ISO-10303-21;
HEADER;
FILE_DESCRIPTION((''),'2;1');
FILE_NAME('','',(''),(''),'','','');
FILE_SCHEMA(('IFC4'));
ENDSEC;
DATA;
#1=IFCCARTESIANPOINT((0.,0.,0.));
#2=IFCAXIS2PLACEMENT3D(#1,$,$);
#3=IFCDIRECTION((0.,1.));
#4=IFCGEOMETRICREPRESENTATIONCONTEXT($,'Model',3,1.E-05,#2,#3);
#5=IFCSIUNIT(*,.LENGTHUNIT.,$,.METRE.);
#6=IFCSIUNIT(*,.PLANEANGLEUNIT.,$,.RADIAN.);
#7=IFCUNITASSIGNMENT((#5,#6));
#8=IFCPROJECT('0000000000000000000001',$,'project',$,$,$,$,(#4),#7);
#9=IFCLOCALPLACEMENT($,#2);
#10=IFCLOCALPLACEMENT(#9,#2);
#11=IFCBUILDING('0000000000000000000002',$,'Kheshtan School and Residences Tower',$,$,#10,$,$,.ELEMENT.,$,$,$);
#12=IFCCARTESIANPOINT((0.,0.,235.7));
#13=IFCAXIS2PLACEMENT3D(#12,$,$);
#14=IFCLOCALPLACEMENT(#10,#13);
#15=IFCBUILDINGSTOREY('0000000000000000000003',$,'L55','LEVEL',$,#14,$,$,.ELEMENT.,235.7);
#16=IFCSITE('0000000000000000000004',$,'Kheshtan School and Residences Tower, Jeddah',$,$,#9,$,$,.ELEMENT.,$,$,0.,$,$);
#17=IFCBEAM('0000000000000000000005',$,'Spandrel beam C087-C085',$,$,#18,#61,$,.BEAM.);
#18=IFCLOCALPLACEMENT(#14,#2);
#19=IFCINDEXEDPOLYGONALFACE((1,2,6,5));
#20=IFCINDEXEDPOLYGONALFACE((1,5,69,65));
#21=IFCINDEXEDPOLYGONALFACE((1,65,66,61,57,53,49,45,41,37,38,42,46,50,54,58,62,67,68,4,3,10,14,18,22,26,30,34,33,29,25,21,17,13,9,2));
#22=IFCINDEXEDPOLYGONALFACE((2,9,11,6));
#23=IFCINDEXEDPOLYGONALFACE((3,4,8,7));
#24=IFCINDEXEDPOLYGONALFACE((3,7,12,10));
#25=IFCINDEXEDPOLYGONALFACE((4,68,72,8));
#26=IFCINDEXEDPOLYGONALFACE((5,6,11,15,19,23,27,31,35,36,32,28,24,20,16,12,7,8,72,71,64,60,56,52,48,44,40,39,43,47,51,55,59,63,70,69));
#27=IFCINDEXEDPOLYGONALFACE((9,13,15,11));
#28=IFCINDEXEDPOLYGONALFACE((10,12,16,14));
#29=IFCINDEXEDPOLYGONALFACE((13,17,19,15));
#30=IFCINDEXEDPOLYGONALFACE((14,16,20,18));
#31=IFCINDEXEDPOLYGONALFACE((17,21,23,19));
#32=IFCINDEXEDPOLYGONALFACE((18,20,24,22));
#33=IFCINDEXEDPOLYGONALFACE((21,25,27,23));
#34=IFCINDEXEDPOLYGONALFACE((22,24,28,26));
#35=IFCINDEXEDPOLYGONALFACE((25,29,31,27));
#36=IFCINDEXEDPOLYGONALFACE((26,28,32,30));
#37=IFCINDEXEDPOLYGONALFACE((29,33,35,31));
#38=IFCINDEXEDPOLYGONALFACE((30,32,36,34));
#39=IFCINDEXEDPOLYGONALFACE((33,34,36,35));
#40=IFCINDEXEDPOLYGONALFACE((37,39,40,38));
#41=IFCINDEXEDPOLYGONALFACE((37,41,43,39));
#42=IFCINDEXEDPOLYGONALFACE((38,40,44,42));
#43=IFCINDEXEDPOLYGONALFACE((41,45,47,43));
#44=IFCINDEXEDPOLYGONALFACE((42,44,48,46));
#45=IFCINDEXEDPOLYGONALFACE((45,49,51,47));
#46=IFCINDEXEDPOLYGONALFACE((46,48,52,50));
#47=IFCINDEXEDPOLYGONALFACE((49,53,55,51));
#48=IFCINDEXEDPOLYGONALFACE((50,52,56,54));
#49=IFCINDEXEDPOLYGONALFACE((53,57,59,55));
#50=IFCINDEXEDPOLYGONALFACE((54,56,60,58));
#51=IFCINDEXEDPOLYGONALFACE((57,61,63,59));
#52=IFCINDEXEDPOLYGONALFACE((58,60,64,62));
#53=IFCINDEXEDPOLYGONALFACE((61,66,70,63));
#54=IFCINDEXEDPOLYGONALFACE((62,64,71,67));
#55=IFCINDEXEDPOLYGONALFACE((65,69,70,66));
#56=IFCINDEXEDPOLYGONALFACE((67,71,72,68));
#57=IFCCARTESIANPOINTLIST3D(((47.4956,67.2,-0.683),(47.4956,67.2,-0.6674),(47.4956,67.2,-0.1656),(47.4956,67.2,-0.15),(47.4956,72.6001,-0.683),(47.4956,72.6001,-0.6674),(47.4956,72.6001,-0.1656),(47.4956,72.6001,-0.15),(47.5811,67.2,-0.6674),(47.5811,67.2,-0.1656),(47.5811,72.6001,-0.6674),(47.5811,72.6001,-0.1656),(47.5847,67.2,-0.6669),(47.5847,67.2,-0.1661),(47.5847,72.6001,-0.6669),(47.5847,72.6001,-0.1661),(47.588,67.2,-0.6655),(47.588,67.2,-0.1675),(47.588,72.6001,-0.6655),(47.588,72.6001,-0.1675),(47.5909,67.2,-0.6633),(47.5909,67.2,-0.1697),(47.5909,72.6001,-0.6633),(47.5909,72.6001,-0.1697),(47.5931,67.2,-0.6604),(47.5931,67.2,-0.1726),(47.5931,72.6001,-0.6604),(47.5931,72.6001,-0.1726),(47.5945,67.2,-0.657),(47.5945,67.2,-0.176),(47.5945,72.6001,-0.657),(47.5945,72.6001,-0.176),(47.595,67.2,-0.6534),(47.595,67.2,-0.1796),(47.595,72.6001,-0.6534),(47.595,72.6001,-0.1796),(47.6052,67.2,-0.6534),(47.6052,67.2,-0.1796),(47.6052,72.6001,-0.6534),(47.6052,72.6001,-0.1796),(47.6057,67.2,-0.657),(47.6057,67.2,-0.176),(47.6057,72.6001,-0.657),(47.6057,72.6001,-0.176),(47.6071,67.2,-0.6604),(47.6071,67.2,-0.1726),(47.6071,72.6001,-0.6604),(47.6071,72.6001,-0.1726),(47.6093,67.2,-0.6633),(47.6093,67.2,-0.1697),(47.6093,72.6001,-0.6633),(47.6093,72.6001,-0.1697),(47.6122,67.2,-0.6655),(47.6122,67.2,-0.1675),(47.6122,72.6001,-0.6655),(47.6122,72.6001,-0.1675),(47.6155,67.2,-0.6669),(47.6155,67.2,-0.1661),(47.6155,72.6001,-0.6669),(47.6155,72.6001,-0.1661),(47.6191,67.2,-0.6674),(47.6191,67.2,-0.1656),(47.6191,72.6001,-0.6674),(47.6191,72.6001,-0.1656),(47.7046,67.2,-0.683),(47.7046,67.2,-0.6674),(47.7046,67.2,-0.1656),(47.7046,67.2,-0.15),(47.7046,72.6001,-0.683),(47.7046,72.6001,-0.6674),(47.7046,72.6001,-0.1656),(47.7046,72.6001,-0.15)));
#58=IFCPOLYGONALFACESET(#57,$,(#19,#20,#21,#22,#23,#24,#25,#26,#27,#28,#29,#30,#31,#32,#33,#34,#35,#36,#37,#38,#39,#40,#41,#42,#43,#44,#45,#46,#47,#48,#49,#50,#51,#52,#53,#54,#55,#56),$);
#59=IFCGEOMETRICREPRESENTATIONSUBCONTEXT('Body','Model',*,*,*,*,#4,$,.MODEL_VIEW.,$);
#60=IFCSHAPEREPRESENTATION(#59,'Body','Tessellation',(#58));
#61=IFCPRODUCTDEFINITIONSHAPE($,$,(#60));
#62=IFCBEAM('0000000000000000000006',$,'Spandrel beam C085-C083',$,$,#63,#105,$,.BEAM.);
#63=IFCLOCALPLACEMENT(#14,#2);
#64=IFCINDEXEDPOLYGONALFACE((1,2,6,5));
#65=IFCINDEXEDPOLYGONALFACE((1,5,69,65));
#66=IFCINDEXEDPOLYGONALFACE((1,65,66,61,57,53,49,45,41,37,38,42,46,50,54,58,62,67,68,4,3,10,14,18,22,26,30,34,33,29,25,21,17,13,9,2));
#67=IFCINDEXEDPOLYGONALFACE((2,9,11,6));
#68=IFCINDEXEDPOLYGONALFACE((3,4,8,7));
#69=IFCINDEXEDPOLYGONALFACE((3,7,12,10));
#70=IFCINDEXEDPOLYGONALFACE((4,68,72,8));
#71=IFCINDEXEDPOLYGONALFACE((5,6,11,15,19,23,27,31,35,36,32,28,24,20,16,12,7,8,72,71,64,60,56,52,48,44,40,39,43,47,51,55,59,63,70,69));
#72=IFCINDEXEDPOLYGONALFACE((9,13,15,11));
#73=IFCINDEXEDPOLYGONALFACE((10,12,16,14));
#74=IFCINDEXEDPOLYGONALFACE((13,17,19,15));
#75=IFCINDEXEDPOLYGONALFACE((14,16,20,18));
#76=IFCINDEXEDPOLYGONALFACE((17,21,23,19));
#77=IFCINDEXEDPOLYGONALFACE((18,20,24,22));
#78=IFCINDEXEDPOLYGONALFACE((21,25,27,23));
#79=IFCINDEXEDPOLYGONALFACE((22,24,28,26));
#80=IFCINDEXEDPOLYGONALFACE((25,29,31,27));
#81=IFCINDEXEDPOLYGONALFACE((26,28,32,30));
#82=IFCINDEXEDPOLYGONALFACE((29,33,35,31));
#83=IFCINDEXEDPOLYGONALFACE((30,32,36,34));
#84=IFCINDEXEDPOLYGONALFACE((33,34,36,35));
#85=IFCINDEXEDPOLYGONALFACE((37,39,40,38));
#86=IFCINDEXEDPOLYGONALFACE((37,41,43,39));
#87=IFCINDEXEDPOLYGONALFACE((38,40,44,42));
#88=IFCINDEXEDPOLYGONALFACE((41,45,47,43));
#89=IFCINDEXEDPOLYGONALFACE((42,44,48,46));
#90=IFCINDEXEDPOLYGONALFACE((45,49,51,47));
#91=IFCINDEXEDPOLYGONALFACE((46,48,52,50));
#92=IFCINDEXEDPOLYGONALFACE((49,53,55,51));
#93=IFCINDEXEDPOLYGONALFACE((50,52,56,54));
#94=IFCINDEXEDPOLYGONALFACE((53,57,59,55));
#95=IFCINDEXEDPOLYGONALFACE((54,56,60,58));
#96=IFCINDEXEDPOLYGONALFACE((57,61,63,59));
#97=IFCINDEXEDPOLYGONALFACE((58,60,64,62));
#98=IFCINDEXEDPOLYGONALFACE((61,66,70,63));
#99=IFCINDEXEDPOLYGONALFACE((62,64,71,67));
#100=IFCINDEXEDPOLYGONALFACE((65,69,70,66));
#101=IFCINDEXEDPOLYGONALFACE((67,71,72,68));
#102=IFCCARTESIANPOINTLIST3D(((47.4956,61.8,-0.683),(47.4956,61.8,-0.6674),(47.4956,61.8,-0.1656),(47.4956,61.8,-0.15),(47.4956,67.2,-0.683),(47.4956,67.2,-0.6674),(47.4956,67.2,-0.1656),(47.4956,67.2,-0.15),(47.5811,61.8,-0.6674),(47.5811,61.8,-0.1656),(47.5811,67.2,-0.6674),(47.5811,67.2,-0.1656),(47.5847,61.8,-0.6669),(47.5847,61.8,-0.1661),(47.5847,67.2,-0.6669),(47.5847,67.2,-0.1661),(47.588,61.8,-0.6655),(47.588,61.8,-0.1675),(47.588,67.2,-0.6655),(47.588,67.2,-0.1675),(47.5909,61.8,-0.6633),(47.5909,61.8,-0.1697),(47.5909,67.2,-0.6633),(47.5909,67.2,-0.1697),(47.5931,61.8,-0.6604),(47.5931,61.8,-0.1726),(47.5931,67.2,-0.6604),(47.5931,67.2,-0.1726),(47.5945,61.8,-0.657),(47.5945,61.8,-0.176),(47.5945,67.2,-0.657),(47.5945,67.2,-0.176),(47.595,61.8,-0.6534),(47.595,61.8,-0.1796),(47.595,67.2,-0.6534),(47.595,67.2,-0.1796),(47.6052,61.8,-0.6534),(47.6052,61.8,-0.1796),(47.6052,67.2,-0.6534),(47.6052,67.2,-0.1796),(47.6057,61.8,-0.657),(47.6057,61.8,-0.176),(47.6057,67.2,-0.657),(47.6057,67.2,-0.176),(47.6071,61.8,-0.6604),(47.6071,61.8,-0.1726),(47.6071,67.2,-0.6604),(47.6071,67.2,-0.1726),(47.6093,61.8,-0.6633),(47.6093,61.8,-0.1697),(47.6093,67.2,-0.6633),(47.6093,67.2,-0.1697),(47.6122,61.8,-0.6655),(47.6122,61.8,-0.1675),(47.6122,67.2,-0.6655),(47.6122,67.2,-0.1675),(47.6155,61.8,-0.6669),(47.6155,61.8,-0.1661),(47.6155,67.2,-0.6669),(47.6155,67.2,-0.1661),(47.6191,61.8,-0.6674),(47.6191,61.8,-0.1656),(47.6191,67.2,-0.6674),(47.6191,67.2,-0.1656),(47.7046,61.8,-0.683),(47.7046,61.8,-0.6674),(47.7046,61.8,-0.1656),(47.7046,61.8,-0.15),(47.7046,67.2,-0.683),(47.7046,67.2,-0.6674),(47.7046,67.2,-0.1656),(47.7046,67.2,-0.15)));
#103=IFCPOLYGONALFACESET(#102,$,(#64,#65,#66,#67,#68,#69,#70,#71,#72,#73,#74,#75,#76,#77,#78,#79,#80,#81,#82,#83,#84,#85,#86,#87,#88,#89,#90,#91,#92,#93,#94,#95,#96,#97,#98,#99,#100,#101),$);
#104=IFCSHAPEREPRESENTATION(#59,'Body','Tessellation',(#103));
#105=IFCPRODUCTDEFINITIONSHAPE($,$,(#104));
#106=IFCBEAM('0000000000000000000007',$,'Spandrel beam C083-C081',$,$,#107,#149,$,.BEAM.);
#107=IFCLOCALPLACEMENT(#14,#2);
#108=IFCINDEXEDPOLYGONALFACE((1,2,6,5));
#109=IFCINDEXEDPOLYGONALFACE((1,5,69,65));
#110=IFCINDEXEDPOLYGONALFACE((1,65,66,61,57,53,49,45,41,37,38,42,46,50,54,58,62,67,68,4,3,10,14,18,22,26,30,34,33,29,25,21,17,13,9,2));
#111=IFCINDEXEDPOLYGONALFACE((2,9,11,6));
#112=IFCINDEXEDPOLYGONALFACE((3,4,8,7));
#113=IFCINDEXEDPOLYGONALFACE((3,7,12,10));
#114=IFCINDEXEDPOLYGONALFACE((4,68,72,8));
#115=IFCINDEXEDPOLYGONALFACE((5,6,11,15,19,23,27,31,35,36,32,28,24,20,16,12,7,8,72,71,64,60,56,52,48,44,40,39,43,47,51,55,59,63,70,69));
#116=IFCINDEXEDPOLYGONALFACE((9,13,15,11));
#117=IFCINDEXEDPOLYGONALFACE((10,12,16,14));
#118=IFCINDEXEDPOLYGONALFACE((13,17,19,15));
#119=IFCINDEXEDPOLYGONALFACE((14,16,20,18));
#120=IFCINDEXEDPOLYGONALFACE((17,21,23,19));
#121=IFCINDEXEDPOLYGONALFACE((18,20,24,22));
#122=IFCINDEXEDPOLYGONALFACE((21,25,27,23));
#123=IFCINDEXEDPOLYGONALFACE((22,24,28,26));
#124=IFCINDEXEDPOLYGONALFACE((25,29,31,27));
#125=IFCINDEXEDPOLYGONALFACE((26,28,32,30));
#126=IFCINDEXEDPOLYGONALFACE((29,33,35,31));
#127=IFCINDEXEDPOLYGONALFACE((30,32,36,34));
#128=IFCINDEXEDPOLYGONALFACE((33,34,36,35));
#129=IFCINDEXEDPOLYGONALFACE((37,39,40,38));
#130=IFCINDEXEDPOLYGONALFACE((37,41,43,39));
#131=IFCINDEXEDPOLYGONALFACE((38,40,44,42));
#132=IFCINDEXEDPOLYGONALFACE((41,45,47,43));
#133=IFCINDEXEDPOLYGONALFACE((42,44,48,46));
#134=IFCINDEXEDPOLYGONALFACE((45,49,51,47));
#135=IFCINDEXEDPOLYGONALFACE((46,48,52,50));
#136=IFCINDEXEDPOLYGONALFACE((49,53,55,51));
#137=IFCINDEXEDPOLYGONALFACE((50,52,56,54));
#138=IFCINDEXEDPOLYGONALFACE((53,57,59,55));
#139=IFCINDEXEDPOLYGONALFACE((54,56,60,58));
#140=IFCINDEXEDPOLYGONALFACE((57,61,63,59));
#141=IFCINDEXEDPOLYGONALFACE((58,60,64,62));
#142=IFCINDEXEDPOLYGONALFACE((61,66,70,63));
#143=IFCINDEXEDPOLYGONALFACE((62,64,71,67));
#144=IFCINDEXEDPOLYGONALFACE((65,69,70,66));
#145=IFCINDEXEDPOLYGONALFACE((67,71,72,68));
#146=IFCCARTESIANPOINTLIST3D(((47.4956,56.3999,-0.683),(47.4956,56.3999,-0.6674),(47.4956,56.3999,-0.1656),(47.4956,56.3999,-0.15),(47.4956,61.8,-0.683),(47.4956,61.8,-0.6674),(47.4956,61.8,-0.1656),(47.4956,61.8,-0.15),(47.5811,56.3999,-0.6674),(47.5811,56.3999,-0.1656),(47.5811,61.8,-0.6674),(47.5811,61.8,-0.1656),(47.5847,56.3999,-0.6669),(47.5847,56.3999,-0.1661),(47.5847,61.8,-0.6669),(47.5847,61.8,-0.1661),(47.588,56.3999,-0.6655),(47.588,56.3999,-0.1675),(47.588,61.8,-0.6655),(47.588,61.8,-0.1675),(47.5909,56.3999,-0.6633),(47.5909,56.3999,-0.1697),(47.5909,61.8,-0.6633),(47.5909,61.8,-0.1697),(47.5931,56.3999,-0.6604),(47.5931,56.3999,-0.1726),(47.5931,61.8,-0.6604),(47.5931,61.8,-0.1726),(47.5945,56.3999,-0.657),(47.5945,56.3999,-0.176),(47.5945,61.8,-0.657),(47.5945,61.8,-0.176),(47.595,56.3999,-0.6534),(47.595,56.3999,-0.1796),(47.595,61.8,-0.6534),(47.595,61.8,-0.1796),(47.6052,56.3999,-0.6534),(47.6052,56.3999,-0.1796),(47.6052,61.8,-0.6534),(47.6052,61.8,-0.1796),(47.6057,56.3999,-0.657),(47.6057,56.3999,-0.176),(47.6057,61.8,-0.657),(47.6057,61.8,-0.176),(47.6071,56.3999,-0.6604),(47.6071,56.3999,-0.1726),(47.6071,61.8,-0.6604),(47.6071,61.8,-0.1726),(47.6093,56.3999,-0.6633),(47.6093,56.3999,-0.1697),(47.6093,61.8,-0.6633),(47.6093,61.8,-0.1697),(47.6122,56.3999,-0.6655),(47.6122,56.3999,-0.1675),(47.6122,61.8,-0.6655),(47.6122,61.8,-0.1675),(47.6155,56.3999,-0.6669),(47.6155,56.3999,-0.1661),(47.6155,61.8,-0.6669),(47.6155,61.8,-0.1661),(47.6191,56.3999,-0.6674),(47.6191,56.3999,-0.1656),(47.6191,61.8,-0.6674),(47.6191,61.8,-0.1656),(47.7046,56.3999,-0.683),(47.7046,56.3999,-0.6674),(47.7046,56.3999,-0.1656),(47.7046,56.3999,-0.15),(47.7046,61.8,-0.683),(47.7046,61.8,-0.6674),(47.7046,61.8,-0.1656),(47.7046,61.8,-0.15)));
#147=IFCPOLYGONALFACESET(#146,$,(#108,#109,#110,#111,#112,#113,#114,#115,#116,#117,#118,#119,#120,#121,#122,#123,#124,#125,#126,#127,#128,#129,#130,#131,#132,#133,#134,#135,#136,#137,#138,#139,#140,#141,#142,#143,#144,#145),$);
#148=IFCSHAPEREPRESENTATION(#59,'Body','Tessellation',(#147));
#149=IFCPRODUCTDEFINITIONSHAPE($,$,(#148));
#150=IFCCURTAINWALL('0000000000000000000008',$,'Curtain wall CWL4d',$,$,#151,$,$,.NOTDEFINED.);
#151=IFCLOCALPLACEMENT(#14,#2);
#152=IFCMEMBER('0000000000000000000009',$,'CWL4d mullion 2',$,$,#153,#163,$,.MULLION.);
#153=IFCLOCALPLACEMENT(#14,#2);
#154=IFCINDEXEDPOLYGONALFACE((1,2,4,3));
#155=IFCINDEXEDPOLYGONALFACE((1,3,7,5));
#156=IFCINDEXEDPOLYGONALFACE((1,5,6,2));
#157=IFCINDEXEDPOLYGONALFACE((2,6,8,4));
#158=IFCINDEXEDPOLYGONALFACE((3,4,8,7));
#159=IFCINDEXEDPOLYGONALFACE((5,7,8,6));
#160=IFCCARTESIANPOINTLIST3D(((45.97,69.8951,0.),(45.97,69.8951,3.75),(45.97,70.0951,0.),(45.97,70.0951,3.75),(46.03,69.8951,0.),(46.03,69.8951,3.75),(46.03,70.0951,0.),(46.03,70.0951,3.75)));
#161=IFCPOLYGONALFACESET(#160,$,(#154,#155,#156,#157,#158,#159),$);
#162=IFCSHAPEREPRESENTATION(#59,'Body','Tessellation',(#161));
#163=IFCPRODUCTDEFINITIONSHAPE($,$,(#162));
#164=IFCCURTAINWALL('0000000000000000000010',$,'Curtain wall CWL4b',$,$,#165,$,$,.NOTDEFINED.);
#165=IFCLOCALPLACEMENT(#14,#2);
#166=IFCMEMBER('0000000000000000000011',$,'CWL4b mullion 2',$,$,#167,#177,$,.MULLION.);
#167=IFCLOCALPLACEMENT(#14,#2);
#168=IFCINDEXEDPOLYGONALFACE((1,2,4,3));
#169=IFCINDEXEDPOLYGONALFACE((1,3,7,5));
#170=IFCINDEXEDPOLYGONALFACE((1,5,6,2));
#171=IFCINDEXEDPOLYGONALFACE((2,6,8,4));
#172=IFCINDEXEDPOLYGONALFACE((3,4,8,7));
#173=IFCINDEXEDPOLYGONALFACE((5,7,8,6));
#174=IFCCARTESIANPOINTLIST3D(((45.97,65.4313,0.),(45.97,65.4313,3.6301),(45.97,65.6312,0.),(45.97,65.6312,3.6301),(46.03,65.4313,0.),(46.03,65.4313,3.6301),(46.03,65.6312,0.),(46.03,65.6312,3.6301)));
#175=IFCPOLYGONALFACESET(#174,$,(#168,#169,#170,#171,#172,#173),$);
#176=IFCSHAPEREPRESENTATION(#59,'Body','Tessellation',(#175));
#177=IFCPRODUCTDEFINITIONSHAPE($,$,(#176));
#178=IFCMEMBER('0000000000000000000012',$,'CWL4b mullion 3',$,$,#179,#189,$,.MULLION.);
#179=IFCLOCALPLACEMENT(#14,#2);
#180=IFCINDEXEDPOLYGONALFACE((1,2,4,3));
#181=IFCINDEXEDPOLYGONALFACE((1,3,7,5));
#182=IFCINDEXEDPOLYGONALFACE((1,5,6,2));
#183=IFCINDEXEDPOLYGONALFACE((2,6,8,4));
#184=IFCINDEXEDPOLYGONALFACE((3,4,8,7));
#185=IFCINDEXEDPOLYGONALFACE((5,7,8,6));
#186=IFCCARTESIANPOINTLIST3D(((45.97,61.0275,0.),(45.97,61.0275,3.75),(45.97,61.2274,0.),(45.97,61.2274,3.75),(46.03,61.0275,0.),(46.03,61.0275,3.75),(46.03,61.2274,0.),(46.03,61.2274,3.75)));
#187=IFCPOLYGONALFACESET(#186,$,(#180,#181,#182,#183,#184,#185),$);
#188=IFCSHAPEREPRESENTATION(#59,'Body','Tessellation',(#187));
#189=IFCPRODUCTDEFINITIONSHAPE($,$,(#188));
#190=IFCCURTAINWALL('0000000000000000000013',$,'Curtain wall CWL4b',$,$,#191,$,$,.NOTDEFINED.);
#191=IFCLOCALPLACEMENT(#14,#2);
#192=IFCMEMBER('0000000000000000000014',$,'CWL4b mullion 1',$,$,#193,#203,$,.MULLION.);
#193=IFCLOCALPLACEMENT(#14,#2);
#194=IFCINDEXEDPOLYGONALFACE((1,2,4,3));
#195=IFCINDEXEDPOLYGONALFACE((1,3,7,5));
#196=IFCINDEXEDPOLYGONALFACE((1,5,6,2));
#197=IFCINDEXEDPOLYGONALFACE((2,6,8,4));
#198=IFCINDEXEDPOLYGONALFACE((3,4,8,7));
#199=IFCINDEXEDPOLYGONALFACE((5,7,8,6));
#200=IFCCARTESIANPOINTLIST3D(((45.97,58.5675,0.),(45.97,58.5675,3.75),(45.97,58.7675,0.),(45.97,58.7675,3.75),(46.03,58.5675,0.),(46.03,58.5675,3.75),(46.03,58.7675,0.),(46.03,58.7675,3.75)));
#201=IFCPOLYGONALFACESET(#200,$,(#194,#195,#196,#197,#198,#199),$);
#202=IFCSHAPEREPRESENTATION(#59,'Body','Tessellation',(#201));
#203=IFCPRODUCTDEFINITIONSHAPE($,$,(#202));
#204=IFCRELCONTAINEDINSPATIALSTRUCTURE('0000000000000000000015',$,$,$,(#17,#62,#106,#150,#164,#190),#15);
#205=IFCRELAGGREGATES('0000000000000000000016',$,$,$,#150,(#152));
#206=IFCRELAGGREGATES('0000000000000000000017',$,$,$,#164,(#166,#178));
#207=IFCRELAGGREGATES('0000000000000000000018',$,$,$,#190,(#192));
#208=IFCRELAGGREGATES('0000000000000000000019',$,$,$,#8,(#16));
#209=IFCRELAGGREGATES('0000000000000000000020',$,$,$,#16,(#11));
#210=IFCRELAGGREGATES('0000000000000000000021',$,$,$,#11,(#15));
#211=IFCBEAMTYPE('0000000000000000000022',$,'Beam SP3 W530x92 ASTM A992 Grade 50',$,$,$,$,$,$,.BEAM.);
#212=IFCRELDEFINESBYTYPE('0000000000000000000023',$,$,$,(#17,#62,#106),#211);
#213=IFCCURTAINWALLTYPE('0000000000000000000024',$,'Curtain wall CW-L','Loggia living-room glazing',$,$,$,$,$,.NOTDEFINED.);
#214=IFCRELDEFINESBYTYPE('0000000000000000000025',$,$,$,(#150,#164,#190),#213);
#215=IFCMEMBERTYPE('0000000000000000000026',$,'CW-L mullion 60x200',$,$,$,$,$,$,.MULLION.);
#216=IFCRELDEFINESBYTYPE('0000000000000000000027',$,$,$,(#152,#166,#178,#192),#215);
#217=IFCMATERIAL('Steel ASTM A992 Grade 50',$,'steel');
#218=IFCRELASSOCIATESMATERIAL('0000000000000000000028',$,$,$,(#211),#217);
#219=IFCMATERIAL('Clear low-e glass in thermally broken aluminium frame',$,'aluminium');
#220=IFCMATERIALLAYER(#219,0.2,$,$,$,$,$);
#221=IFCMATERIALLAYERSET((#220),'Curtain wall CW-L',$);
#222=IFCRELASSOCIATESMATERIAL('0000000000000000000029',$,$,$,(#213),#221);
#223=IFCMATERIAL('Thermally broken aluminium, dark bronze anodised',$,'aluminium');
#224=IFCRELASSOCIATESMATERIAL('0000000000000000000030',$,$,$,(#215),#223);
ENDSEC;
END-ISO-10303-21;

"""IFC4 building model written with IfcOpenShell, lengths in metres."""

from ifc_helpers import new_model, si_unit, direction, frame, origin, origin_2d, place, context, subcontext, project, spatial, rectangle, i_section, extrude, material, layer, layer_set, material_profile, profile_set, type_object, element, aggregate, save


model = new_model("IFC4")

# Units and contexts
model_context = context("Model", 3, precision=1e-05, world=origin(), true_north=direction((0.0, 1.0)))
body_context = subcontext(model_context, "Body", "Model", "MODEL_VIEW")
ifc_project = project(units=[si_unit("LENGTHUNIT", "METRE"), si_unit("PLANEANGLEUNIT", "RADIAN")], contexts=[model_context])

# Site, building, storey
site_placement = place(None, origin())
site = spatial("IfcSite", under=ifc_project, at=site_placement, Name="Kheshtan School and Residences Tower, Jeddah", CompositionType="ELEMENT", RefElevation=0.0)
building_placement = place(site_placement, origin())
building = spatial("IfcBuilding", under=site, at=building_placement, Name="Kheshtan School and Residences Tower", CompositionType="ELEMENT")
storey_placement = place(building_placement, frame((0.0, 0.0, 235.7)))
storey = spatial("IfcBuildingStorey", under=building, at=storey_placement, Name="L55", Description="LEVEL", CompositionType="ELEMENT", Elevation=235.7)

# Shared definitions
ifc_material_1 = material(Name="Steel ASTM A992 Grade 50", Category="steel")

# Beams
ifc_material_profile_1 = material_profile(ifc_material_1, i_section(OverallWidth=0.209, OverallDepth=0.533, WebThickness=0.0103, FlangeThickness=0.0156, FilletRadius=0.0139, at=origin_2d()), Name="W530x92")
ifc_profile_set_1 = profile_set([ifc_material_profile_1], Name="Steel ASTM A992 Grade 50")
beam_type_1 = type_object("IfcBeamType", Name="Beam SP3 W530x92 ASTM A992 Grade 50", PredefinedType="BEAM", material=ifc_profile_set_1)
beam_1_placement = place(storey_placement, frame((47.6001, 72.6001, -0.4165), z_axis=(0.0, -1.0, 0.0), x_axis=(1.0, 0.0, 0.0)))
element("IfcBeam", 1, at=beam_1_placement, inside=storey, type_object=beam_type_1, Name="Spandrel beam C087-C085", PredefinedType="BEAM", context=body_context, shape_type="SweptSolid", body=[
    extrude(i_section(OverallWidth=0.209, OverallDepth=0.533, WebThickness=0.0103, FlangeThickness=0.0156, FilletRadius=0.0139, at=origin_2d()), origin(), (0.0, 0.0, 1.0), 5.4001),
])
beam_2_placement = place(storey_placement, frame((47.6001, 67.2, -0.4165), z_axis=(0.0, -1.0, 0.0), x_axis=(1.0, 0.0, 0.0)))
element("IfcBeam", 2, at=beam_2_placement, inside=storey, type_object=beam_type_1, Name="Spandrel beam C085-C083", PredefinedType="BEAM", context=body_context, shape_type="SweptSolid", body=[
    extrude(i_section(OverallWidth=0.209, OverallDepth=0.533, WebThickness=0.0103, FlangeThickness=0.0156, FilletRadius=0.0139, at=origin_2d()), origin(), (0.0, 0.0, 1.0), 5.3999),
])
beam_3_placement = place(storey_placement, frame((47.6001, 61.8, -0.4165), z_axis=(0.0, -1.0, 0.0), x_axis=(1.0, 0.0, 0.0)))
element("IfcBeam", 3, at=beam_3_placement, inside=storey, type_object=beam_type_1, Name="Spandrel beam C083-C081", PredefinedType="BEAM", context=body_context, shape_type="SweptSolid", body=[
    extrude(i_section(OverallWidth=0.209, OverallDepth=0.533, WebThickness=0.0103, FlangeThickness=0.0156, FilletRadius=0.0139, at=origin_2d()), origin(), (0.0, 0.0, 1.0), 5.4001),
])

# Curtain wall, member
ifc_material_2 = material(Name="Clear low-e glass in thermally broken aluminium frame", Category="aluminium")
ifc_layer_1 = layer(ifc_material_2, 0.2)
ifc_layer_set_1 = layer_set([ifc_layer_1], Name="Curtain wall CW-L")
curtain_wall_type = type_object("IfcCurtainWallType", Name="Curtain wall CW-L", Description="Loggia living-room glazing", PredefinedType="NOTDEFINED", material=ifc_layer_set_1)
curtain_wall_1_placement = place(storey_placement, origin())
curtain_wall_1 = element("IfcCurtainWall", 4, at=curtain_wall_1_placement, inside=storey, type_object=curtain_wall_type, Name="Curtain wall CWL4d", PredefinedType="NOTDEFINED")
ifc_material_3 = material(Name="Thermally broken aluminium, dark bronze anodised", Category="aluminium")
ifc_material_profile_2 = material_profile(ifc_material_3, rectangle(XDim=0.0601, YDim=0.2, at=origin_2d()), Name="CW-L mullion 60x200")
ifc_profile_set_2 = profile_set([ifc_material_profile_2], Name="Thermally broken aluminium, dark bronze anodised")
member_type_1 = type_object("IfcMemberType", Name="CW-L mullion 60x200", PredefinedType="MULLION", material=ifc_profile_set_2)
member_1_placement = place(storey_placement, frame((46.0, 69.9951, 0.0), z_axis=(0.0, 0.0, 1.0), x_axis=(1.0, 0.0, 0.0)))
member_1 = element("IfcMember", 5, at=member_1_placement, type_object=member_type_1, Name="CWL4d mullion 2", PredefinedType="MULLION", context=body_context, shape_type="SweptSolid", body=[
    extrude(rectangle(XDim=0.0601, YDim=0.2, at=origin_2d()), origin(), (0.0, 0.0, 1.0), 3.75),
])

# Curtain wall, members
curtain_wall_2_placement = place(storey_placement, origin())
curtain_wall_2 = element("IfcCurtainWall", 6, at=curtain_wall_2_placement, inside=storey, type_object=curtain_wall_type, Name="Curtain wall CWL4b", PredefinedType="NOTDEFINED")
member_2_placement = place(storey_placement, frame((46.0, 65.5312, 0.0), z_axis=(0.0, 0.0, 1.0), x_axis=(1.0, 0.0, 0.0)))
member_2 = element("IfcMember", 7, at=member_2_placement, type_object=member_type_1, Name="CWL4b mullion 2", PredefinedType="MULLION", context=body_context, shape_type="SweptSolid", body=[
    extrude(rectangle(XDim=0.0601, YDim=0.2, at=origin_2d()), origin(), (0.0, 0.0, 1.0), 3.6301),
])
member_3_placement = place(storey_placement, frame((46.0, 61.1274, 0.0), z_axis=(0.0, 0.0, 1.0), x_axis=(1.0, 0.0, 0.0)))
member_3 = element("IfcMember", 8, at=member_3_placement, type_object=member_type_1, Name="CWL4b mullion 3", PredefinedType="MULLION", context=body_context, shape_type="SweptSolid", body=[
    extrude(rectangle(XDim=0.0601, YDim=0.2, at=origin_2d()), origin(), (0.0, 0.0, 1.0), 3.75),
])

# Curtain wall, member
curtain_wall_3_placement = place(storey_placement, origin())
curtain_wall_3 = element("IfcCurtainWall", 9, at=curtain_wall_3_placement, inside=storey, type_object=curtain_wall_type, Name="Curtain wall CWL4b", PredefinedType="NOTDEFINED")
member_4_placement = place(storey_placement, frame((46.0, 58.6675, 0.0), z_axis=(0.0, 0.0, 1.0), x_axis=(1.0, 0.0, 0.0)))
member_4 = element("IfcMember", 10, at=member_4_placement, type_object=member_type_1, Name="CWL4b mullion 1", PredefinedType="MULLION", context=body_context, shape_type="SweptSolid", body=[
    extrude(rectangle(XDim=0.0601, YDim=0.2, at=origin_2d()), origin(), (0.0, 0.0, 1.0), 3.75),
])

aggregate(curtain_wall_1, [member_1])
aggregate(curtain_wall_2, [member_2, member_3])
aggregate(curtain_wall_3, [member_4])

save(model, "model.ifc")
